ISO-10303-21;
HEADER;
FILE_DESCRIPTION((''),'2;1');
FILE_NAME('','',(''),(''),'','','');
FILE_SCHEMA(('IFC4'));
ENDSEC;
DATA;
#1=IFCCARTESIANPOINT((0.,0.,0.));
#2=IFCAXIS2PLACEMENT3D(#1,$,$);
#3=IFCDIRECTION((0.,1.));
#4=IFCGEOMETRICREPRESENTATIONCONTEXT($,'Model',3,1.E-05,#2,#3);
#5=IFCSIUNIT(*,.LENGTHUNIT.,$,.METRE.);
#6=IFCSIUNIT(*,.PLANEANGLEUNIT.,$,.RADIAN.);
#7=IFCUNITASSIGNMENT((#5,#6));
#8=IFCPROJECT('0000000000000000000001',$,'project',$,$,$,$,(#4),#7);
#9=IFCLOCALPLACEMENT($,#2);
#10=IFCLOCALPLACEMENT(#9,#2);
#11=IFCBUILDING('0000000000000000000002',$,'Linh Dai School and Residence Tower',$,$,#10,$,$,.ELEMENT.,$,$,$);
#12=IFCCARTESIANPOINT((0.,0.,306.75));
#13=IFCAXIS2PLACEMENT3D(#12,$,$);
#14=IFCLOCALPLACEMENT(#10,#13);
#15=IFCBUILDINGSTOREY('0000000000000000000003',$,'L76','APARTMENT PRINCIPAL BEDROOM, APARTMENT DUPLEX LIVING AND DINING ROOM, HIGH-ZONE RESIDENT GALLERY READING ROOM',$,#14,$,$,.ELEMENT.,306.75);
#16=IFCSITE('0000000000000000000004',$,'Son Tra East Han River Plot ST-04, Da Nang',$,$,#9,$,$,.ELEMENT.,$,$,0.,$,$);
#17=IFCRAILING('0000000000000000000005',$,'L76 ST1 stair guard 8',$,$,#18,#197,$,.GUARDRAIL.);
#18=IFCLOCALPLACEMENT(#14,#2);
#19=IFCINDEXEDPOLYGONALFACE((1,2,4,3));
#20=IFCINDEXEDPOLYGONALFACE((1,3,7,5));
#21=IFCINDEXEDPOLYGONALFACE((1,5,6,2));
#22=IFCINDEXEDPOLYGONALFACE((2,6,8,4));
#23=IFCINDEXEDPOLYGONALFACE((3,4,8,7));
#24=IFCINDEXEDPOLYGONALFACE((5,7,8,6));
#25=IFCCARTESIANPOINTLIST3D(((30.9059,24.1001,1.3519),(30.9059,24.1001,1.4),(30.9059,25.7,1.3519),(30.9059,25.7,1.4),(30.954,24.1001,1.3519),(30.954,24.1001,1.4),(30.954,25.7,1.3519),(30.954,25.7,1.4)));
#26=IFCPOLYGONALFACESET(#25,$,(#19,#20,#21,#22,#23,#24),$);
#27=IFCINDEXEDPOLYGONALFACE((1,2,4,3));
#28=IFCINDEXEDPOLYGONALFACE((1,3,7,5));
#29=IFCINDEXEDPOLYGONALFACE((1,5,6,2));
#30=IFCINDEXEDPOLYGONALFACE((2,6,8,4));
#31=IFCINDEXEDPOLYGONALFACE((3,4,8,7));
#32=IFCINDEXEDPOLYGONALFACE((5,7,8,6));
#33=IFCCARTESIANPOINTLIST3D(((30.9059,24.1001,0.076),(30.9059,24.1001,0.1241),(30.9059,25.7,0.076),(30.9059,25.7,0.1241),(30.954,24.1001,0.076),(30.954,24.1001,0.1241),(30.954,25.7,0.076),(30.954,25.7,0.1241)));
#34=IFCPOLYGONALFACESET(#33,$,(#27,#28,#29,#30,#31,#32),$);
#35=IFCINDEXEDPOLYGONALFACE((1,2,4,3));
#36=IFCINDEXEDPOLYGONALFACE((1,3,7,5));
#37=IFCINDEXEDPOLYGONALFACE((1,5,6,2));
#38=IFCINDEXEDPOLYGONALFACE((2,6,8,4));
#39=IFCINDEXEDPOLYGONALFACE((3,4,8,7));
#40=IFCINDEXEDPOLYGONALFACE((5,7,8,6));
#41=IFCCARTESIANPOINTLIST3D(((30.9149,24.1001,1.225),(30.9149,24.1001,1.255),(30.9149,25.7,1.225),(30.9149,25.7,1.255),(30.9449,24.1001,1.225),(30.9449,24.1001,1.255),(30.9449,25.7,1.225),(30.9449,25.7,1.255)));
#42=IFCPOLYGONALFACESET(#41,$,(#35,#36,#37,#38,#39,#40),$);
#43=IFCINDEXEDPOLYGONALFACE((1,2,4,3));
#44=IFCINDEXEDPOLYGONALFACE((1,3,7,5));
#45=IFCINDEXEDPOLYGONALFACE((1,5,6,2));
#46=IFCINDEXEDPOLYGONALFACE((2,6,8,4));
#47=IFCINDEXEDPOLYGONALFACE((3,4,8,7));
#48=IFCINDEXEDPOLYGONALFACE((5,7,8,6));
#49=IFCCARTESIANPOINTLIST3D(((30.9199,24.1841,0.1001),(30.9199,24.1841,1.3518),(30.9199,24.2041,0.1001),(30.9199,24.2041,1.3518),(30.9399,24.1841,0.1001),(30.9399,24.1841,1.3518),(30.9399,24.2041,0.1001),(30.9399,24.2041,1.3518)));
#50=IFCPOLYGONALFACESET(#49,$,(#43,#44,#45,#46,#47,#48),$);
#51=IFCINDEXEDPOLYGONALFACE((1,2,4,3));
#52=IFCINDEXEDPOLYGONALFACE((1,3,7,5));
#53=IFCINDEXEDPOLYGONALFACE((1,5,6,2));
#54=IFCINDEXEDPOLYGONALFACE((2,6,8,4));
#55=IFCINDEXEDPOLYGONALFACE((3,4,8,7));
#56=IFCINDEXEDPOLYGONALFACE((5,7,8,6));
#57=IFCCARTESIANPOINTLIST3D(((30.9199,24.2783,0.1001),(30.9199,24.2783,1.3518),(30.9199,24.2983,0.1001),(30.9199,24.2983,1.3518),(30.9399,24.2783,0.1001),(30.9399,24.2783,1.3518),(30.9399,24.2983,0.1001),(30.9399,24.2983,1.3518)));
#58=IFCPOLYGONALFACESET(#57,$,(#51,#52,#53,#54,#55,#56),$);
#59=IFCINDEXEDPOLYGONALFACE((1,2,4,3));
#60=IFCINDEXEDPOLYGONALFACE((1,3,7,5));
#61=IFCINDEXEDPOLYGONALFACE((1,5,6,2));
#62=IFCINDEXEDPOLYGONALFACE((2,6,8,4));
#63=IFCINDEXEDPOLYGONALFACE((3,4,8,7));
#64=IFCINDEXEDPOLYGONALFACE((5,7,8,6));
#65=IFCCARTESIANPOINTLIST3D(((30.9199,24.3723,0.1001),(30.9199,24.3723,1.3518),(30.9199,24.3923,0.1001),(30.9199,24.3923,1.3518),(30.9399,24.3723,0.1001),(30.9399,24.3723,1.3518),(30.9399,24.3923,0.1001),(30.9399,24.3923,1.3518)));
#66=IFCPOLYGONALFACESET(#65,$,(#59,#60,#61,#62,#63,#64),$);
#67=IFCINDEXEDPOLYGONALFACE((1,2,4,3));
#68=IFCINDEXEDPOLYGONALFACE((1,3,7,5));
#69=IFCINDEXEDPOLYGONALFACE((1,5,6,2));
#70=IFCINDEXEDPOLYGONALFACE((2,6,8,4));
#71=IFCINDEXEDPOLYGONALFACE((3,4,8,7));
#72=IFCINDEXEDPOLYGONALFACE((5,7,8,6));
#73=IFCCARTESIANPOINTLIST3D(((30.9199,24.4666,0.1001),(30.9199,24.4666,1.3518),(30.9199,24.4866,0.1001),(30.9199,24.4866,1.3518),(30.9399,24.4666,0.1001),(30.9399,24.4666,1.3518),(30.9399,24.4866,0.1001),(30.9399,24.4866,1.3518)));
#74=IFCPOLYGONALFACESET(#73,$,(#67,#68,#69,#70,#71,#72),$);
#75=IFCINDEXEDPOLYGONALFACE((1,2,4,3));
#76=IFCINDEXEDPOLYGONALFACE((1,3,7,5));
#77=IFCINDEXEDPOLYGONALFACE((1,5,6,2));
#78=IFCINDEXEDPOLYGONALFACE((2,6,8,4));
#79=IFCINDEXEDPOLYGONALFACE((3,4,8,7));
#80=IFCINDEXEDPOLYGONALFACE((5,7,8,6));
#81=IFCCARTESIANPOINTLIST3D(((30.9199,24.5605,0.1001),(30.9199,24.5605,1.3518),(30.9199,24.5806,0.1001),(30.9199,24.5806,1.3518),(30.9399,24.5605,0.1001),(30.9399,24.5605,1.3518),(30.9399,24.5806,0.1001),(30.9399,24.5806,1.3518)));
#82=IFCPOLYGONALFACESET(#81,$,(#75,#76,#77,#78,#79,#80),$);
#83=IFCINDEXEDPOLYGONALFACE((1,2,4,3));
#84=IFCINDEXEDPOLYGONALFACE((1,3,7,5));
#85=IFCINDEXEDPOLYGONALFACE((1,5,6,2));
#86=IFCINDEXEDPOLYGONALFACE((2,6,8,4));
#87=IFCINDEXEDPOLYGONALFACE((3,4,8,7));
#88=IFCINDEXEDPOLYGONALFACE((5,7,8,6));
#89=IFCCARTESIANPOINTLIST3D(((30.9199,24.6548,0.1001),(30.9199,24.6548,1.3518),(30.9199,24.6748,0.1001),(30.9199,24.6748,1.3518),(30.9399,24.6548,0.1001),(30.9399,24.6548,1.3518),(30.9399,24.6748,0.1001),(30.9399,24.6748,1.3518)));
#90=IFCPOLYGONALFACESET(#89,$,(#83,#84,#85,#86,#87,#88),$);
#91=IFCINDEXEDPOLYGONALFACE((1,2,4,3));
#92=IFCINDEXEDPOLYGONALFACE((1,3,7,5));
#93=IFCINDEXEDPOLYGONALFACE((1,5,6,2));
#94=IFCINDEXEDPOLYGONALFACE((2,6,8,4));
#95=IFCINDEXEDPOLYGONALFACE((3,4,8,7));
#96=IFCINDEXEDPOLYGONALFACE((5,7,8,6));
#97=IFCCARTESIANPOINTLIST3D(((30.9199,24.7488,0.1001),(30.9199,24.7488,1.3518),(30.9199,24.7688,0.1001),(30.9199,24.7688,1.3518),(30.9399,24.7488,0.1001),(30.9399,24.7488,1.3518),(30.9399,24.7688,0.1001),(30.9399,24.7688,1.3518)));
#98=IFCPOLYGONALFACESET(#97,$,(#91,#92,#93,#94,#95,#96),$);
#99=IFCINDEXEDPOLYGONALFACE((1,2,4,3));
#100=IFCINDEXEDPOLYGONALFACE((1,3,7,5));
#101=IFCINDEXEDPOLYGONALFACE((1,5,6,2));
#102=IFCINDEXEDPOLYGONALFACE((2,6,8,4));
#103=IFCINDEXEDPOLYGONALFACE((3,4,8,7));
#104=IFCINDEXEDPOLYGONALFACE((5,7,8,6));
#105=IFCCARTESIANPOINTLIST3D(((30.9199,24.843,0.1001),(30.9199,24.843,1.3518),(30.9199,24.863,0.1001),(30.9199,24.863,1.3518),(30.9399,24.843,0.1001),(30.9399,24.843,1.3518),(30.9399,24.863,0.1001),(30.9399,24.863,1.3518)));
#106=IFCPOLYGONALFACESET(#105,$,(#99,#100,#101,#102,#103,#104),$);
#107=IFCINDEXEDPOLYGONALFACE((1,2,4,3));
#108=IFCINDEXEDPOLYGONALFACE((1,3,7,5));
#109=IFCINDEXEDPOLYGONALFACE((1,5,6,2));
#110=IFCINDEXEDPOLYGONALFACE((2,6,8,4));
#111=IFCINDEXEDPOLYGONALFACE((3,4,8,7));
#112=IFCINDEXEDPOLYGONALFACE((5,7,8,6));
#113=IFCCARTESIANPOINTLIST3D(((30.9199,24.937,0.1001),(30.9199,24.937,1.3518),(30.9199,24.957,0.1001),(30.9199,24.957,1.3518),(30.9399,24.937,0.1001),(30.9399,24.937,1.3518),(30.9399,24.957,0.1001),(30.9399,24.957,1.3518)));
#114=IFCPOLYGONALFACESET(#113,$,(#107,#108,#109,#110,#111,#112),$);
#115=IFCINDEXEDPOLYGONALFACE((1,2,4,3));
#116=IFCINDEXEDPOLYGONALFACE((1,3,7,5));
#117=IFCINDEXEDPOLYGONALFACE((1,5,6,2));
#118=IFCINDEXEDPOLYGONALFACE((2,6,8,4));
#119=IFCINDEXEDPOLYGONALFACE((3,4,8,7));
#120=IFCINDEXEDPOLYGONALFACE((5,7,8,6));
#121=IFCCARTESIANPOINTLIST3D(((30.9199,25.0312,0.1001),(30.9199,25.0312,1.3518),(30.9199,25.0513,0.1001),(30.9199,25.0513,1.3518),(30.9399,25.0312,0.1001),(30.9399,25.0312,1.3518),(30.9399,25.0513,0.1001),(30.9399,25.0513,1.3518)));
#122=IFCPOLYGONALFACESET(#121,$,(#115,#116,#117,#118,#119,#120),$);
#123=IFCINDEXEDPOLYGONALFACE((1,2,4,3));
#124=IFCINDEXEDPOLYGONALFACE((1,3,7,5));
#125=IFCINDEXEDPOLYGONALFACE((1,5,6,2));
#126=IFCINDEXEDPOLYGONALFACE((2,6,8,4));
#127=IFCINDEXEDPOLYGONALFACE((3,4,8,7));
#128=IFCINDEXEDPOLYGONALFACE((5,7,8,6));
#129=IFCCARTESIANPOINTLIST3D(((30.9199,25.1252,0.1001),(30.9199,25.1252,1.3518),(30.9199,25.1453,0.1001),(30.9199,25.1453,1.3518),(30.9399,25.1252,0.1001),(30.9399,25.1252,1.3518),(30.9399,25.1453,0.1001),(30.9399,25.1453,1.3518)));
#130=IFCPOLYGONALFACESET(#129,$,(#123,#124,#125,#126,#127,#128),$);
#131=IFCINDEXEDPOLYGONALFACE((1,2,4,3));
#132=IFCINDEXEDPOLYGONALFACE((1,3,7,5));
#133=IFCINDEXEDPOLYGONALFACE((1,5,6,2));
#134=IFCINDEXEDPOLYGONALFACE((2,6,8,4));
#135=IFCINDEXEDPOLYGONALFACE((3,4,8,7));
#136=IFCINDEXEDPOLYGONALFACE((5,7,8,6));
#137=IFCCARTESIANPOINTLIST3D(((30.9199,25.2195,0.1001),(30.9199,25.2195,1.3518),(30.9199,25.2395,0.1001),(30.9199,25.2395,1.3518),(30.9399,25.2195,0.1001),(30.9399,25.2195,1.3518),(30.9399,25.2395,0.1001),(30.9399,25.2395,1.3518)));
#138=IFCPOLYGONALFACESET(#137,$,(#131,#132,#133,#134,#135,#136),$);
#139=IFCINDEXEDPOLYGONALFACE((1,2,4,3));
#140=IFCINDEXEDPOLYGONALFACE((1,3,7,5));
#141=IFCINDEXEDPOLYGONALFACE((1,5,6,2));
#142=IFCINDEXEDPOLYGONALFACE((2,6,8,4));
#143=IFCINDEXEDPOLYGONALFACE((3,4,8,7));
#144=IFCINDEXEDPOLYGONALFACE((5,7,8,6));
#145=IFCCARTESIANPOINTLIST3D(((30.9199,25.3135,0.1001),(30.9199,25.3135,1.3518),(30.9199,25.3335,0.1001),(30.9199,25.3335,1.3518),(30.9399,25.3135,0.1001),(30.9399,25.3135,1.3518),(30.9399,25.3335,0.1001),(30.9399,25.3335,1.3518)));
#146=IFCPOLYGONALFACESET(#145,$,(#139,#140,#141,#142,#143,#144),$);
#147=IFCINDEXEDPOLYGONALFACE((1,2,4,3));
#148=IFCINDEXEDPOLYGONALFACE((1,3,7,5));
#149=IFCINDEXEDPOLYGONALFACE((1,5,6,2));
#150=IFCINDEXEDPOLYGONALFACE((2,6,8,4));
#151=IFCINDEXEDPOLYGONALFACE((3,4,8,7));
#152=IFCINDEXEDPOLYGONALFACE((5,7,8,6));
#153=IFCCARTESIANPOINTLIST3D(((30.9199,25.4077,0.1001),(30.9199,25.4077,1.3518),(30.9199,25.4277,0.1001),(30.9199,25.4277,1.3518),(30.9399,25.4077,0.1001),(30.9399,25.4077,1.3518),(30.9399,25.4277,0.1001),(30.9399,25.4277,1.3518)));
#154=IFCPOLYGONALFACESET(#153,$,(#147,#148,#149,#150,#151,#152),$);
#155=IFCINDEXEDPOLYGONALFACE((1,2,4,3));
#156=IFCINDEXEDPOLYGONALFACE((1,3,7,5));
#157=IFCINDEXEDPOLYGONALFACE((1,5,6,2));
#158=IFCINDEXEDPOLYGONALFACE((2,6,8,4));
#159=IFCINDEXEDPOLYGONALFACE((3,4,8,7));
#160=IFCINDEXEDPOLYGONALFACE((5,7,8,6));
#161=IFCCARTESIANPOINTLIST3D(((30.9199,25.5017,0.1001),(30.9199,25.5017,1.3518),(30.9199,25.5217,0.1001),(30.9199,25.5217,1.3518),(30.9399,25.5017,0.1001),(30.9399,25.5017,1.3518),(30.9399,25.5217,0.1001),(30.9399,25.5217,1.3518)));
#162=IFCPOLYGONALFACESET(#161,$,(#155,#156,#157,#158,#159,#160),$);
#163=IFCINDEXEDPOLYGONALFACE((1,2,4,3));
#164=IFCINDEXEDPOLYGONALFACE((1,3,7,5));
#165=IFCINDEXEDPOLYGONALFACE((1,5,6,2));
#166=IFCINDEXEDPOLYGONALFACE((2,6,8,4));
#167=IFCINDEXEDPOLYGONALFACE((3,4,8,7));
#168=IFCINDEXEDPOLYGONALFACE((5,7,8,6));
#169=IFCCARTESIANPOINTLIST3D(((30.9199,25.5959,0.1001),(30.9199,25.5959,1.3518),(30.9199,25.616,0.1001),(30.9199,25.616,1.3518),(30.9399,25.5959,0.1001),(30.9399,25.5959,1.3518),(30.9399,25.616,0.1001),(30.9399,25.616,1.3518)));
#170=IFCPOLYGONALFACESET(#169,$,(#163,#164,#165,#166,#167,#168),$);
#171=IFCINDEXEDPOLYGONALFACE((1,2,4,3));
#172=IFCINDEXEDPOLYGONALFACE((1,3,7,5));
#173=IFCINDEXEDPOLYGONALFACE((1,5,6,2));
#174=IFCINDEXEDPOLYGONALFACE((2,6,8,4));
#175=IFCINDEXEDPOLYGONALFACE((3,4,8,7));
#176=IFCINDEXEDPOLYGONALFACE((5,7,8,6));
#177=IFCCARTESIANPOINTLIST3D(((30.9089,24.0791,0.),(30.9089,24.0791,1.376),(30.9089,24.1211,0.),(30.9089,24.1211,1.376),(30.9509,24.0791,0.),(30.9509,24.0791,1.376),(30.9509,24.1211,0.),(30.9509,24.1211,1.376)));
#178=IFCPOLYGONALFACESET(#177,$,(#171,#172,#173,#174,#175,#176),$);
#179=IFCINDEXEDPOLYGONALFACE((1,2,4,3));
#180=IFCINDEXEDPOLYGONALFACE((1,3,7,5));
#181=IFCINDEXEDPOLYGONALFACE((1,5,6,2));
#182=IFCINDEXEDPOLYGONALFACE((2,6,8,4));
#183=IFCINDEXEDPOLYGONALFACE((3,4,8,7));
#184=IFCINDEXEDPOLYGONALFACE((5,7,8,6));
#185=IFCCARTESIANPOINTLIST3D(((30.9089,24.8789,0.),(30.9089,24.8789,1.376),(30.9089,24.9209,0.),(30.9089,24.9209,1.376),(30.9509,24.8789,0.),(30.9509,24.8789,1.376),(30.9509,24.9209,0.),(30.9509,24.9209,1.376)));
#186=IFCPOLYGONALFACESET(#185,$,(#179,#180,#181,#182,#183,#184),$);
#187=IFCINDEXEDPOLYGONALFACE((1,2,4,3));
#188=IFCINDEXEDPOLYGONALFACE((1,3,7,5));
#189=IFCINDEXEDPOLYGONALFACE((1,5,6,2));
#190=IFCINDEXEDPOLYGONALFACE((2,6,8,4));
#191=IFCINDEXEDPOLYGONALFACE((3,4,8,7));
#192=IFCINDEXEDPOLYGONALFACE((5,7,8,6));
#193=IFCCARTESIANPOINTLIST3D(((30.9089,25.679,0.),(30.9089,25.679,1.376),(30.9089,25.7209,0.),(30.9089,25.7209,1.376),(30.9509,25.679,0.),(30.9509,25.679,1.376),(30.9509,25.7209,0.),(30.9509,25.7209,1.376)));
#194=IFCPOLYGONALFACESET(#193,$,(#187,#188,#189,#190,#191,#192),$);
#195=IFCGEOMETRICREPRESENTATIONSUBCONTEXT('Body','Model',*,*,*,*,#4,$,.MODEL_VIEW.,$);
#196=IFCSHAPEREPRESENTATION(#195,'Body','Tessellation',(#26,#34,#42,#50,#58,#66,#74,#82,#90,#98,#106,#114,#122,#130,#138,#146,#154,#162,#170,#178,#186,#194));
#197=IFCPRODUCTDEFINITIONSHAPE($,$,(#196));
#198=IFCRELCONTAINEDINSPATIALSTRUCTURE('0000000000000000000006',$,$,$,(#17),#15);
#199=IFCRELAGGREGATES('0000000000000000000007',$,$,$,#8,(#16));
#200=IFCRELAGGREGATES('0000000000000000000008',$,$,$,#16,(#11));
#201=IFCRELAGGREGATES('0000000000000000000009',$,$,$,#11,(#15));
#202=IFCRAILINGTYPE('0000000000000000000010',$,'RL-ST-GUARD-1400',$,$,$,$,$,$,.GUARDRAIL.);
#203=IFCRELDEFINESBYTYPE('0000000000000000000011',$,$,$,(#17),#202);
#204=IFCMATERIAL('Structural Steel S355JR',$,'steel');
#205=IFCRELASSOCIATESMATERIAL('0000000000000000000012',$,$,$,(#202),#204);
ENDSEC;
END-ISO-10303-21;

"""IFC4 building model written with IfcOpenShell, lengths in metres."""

from ifc_helpers import new_model, si_unit, direction, frame, origin, origin_2d, place, context, subcontext, project, spatial, rectangle, extrude, source, transform, mapped, material, type_object, element, save


model = new_model("IFC4")

# Units and contexts
model_context = context("Model", 3, precision=1e-05, world=origin(), true_north=direction((0.0, 1.0)))
body_context = subcontext(model_context, "Body", "Model", "MODEL_VIEW")
ifc_project = project(units=[si_unit("LENGTHUNIT", "METRE"), si_unit("PLANEANGLEUNIT", "RADIAN")], contexts=[model_context])

# Site, building, storey
site_placement = place(None, origin())
site = spatial("IfcSite", under=ifc_project, at=site_placement, Name="Son Tra East Han River Plot ST-04, Da Nang", CompositionType="ELEMENT", RefElevation=0.0)
building_placement = place(site_placement, origin())
building = spatial("IfcBuilding", under=site, at=building_placement, Name="Linh Dai School and Residence Tower", CompositionType="ELEMENT")
storey_placement = place(building_placement, frame((0.0, 0.0, 306.75)))
storey = spatial("IfcBuildingStorey", under=building, at=storey_placement, Name="L76", Description="APARTMENT PRINCIPAL BEDROOM, APARTMENT DUPLEX LIVING AND DINING ROOM, HIGH-ZONE RESIDENT GALLERY READING ROOM", CompositionType="ELEMENT", Elevation=306.75)

# Shared definitions
ifc_material_1 = material(Name="Structural Steel S355JR", Category="steel")

# Railing
railing_type_1 = type_object("IfcRailingType", Name="RL-ST-GUARD-1400", PredefinedType="GUARDRAIL", material=ifc_material_1)
shared_shape_1 = source(origin(), body_context, "Body", "SweptSolid", [
    extrude(rectangle(XDim=0.0481, YDim=0.0481, at=origin_2d()), frame((0.0, 0.0, 1.376), z_axis=(0.0, 1.0, 0.0), x_axis=(-1.0, 0.0, 0.0)), (0.0, 0.0, 1.0), 1.5999),
    extrude(rectangle(XDim=0.0481, YDim=0.0481, at=origin_2d()), frame((0.0, 0.0, 0.1001), z_axis=(0.0, 1.0, 0.0), x_axis=(-1.0, 0.0, 0.0)), (0.0, 0.0, 1.0), 1.5999),
    extrude(rectangle(XDim=0.03, YDim=0.03, at=origin_2d()), frame((0.0, 0.0, 1.24), z_axis=(0.0, 1.0, 0.0), x_axis=(-1.0, 0.0, 0.0)), (0.0, 0.0, 1.0), 1.5999),
    extrude(rectangle(XDim=0.02, YDim=0.02, at=origin_2d()), frame((0.0, 0.094, 0.1001)), (0.0, 0.0, 1.0), 1.2517),
    extrude(rectangle(XDim=0.02, YDim=0.02, at=origin_2d()), frame((0.0, 0.1882, 0.1001)), (0.0, 0.0, 1.0), 1.2517),
    extrude(rectangle(XDim=0.02, YDim=0.02, at=origin_2d()), frame((0.0, 0.2822, 0.1001)), (0.0, 0.0, 1.0), 1.2517),
    extrude(rectangle(XDim=0.02, YDim=0.02, at=origin_2d()), frame((0.0, 0.3765, 0.1001)), (0.0, 0.0, 1.0), 1.2517),
    extrude(rectangle(XDim=0.02, YDim=0.02, at=origin_2d()), frame((0.0, 0.4705, 0.1001)), (0.0, 0.0, 1.0), 1.2517),
    extrude(rectangle(XDim=0.02, YDim=0.02, at=origin_2d()), frame((0.0, 0.5647, 0.1001)), (0.0, 0.0, 1.0), 1.2517),
    extrude(rectangle(XDim=0.02, YDim=0.02, at=origin_2d()), frame((0.0, 0.6587, 0.1001)), (0.0, 0.0, 1.0), 1.2517),
    extrude(rectangle(XDim=0.02, YDim=0.02, at=origin_2d()), frame((0.0, 0.7529, 0.1001)), (0.0, 0.0, 1.0), 1.2517),
    extrude(rectangle(XDim=0.02, YDim=0.02, at=origin_2d()), frame((0.0, 0.8469, 0.1001)), (0.0, 0.0, 1.0), 1.2517),
    extrude(rectangle(XDim=0.02, YDim=0.02, at=origin_2d()), frame((0.0, 0.9412, 0.1001)), (0.0, 0.0, 1.0), 1.2517),
    extrude(rectangle(XDim=0.02, YDim=0.02, at=origin_2d()), frame((0.0, 1.0352, 0.1001)), (0.0, 0.0, 1.0), 1.2517),
    extrude(rectangle(XDim=0.02, YDim=0.02, at=origin_2d()), frame((0.0, 1.1294, 0.1001)), (0.0, 0.0, 1.0), 1.2517),
    extrude(rectangle(XDim=0.02, YDim=0.02, at=origin_2d()), frame((0.0, 1.2234, 0.1001)), (0.0, 0.0, 1.0), 1.2517),
    extrude(rectangle(XDim=0.02, YDim=0.02, at=origin_2d()), frame((0.0, 1.3176, 0.1001)), (0.0, 0.0, 1.0), 1.2517),
    extrude(rectangle(XDim=0.02, YDim=0.02, at=origin_2d()), frame((0.0, 1.4116, 0.1001)), (0.0, 0.0, 1.0), 1.2517),
    extrude(rectangle(XDim=0.02, YDim=0.02, at=origin_2d()), frame((0.0, 1.5059, 0.1001)), (0.0, 0.0, 1.0), 1.2517),
    extrude(rectangle(XDim=0.042, YDim=0.042, at=origin_2d()), origin(), (0.0, 0.0, 1.0), 1.376),
    extrude(rectangle(XDim=0.042, YDim=0.042, at=origin_2d()), frame((0.0, 0.7998, 0.0)), (0.0, 0.0, 1.0), 1.376),
    extrude(rectangle(XDim=0.042, YDim=0.042, at=origin_2d()), frame((0.0, 1.5999, 0.0)), (0.0, 0.0, 1.0), 1.376),
])
for number, where, name in (
    (1, (30.9299, 24.1001, 0.0), "L76 ST1 stair guard 8"),
):
    element("IfcRailing", number, at=place(storey_placement, frame(where)), inside=storey, type_object=railing_type_1, Name=name, PredefinedType="GUARDRAIL", context=body_context, shape_type="MappedRepresentation", body=[
        mapped(shared_shape_1, transform((0.0, 0.0, 0.0), x_axis=(1.0, 0.0, 0.0), y_axis=(0.0, 1.0, 0.0), z_axis=(0.0, 0.0, 1.0), scale=1.0)),
    ])

save(model, "model.ifc")
